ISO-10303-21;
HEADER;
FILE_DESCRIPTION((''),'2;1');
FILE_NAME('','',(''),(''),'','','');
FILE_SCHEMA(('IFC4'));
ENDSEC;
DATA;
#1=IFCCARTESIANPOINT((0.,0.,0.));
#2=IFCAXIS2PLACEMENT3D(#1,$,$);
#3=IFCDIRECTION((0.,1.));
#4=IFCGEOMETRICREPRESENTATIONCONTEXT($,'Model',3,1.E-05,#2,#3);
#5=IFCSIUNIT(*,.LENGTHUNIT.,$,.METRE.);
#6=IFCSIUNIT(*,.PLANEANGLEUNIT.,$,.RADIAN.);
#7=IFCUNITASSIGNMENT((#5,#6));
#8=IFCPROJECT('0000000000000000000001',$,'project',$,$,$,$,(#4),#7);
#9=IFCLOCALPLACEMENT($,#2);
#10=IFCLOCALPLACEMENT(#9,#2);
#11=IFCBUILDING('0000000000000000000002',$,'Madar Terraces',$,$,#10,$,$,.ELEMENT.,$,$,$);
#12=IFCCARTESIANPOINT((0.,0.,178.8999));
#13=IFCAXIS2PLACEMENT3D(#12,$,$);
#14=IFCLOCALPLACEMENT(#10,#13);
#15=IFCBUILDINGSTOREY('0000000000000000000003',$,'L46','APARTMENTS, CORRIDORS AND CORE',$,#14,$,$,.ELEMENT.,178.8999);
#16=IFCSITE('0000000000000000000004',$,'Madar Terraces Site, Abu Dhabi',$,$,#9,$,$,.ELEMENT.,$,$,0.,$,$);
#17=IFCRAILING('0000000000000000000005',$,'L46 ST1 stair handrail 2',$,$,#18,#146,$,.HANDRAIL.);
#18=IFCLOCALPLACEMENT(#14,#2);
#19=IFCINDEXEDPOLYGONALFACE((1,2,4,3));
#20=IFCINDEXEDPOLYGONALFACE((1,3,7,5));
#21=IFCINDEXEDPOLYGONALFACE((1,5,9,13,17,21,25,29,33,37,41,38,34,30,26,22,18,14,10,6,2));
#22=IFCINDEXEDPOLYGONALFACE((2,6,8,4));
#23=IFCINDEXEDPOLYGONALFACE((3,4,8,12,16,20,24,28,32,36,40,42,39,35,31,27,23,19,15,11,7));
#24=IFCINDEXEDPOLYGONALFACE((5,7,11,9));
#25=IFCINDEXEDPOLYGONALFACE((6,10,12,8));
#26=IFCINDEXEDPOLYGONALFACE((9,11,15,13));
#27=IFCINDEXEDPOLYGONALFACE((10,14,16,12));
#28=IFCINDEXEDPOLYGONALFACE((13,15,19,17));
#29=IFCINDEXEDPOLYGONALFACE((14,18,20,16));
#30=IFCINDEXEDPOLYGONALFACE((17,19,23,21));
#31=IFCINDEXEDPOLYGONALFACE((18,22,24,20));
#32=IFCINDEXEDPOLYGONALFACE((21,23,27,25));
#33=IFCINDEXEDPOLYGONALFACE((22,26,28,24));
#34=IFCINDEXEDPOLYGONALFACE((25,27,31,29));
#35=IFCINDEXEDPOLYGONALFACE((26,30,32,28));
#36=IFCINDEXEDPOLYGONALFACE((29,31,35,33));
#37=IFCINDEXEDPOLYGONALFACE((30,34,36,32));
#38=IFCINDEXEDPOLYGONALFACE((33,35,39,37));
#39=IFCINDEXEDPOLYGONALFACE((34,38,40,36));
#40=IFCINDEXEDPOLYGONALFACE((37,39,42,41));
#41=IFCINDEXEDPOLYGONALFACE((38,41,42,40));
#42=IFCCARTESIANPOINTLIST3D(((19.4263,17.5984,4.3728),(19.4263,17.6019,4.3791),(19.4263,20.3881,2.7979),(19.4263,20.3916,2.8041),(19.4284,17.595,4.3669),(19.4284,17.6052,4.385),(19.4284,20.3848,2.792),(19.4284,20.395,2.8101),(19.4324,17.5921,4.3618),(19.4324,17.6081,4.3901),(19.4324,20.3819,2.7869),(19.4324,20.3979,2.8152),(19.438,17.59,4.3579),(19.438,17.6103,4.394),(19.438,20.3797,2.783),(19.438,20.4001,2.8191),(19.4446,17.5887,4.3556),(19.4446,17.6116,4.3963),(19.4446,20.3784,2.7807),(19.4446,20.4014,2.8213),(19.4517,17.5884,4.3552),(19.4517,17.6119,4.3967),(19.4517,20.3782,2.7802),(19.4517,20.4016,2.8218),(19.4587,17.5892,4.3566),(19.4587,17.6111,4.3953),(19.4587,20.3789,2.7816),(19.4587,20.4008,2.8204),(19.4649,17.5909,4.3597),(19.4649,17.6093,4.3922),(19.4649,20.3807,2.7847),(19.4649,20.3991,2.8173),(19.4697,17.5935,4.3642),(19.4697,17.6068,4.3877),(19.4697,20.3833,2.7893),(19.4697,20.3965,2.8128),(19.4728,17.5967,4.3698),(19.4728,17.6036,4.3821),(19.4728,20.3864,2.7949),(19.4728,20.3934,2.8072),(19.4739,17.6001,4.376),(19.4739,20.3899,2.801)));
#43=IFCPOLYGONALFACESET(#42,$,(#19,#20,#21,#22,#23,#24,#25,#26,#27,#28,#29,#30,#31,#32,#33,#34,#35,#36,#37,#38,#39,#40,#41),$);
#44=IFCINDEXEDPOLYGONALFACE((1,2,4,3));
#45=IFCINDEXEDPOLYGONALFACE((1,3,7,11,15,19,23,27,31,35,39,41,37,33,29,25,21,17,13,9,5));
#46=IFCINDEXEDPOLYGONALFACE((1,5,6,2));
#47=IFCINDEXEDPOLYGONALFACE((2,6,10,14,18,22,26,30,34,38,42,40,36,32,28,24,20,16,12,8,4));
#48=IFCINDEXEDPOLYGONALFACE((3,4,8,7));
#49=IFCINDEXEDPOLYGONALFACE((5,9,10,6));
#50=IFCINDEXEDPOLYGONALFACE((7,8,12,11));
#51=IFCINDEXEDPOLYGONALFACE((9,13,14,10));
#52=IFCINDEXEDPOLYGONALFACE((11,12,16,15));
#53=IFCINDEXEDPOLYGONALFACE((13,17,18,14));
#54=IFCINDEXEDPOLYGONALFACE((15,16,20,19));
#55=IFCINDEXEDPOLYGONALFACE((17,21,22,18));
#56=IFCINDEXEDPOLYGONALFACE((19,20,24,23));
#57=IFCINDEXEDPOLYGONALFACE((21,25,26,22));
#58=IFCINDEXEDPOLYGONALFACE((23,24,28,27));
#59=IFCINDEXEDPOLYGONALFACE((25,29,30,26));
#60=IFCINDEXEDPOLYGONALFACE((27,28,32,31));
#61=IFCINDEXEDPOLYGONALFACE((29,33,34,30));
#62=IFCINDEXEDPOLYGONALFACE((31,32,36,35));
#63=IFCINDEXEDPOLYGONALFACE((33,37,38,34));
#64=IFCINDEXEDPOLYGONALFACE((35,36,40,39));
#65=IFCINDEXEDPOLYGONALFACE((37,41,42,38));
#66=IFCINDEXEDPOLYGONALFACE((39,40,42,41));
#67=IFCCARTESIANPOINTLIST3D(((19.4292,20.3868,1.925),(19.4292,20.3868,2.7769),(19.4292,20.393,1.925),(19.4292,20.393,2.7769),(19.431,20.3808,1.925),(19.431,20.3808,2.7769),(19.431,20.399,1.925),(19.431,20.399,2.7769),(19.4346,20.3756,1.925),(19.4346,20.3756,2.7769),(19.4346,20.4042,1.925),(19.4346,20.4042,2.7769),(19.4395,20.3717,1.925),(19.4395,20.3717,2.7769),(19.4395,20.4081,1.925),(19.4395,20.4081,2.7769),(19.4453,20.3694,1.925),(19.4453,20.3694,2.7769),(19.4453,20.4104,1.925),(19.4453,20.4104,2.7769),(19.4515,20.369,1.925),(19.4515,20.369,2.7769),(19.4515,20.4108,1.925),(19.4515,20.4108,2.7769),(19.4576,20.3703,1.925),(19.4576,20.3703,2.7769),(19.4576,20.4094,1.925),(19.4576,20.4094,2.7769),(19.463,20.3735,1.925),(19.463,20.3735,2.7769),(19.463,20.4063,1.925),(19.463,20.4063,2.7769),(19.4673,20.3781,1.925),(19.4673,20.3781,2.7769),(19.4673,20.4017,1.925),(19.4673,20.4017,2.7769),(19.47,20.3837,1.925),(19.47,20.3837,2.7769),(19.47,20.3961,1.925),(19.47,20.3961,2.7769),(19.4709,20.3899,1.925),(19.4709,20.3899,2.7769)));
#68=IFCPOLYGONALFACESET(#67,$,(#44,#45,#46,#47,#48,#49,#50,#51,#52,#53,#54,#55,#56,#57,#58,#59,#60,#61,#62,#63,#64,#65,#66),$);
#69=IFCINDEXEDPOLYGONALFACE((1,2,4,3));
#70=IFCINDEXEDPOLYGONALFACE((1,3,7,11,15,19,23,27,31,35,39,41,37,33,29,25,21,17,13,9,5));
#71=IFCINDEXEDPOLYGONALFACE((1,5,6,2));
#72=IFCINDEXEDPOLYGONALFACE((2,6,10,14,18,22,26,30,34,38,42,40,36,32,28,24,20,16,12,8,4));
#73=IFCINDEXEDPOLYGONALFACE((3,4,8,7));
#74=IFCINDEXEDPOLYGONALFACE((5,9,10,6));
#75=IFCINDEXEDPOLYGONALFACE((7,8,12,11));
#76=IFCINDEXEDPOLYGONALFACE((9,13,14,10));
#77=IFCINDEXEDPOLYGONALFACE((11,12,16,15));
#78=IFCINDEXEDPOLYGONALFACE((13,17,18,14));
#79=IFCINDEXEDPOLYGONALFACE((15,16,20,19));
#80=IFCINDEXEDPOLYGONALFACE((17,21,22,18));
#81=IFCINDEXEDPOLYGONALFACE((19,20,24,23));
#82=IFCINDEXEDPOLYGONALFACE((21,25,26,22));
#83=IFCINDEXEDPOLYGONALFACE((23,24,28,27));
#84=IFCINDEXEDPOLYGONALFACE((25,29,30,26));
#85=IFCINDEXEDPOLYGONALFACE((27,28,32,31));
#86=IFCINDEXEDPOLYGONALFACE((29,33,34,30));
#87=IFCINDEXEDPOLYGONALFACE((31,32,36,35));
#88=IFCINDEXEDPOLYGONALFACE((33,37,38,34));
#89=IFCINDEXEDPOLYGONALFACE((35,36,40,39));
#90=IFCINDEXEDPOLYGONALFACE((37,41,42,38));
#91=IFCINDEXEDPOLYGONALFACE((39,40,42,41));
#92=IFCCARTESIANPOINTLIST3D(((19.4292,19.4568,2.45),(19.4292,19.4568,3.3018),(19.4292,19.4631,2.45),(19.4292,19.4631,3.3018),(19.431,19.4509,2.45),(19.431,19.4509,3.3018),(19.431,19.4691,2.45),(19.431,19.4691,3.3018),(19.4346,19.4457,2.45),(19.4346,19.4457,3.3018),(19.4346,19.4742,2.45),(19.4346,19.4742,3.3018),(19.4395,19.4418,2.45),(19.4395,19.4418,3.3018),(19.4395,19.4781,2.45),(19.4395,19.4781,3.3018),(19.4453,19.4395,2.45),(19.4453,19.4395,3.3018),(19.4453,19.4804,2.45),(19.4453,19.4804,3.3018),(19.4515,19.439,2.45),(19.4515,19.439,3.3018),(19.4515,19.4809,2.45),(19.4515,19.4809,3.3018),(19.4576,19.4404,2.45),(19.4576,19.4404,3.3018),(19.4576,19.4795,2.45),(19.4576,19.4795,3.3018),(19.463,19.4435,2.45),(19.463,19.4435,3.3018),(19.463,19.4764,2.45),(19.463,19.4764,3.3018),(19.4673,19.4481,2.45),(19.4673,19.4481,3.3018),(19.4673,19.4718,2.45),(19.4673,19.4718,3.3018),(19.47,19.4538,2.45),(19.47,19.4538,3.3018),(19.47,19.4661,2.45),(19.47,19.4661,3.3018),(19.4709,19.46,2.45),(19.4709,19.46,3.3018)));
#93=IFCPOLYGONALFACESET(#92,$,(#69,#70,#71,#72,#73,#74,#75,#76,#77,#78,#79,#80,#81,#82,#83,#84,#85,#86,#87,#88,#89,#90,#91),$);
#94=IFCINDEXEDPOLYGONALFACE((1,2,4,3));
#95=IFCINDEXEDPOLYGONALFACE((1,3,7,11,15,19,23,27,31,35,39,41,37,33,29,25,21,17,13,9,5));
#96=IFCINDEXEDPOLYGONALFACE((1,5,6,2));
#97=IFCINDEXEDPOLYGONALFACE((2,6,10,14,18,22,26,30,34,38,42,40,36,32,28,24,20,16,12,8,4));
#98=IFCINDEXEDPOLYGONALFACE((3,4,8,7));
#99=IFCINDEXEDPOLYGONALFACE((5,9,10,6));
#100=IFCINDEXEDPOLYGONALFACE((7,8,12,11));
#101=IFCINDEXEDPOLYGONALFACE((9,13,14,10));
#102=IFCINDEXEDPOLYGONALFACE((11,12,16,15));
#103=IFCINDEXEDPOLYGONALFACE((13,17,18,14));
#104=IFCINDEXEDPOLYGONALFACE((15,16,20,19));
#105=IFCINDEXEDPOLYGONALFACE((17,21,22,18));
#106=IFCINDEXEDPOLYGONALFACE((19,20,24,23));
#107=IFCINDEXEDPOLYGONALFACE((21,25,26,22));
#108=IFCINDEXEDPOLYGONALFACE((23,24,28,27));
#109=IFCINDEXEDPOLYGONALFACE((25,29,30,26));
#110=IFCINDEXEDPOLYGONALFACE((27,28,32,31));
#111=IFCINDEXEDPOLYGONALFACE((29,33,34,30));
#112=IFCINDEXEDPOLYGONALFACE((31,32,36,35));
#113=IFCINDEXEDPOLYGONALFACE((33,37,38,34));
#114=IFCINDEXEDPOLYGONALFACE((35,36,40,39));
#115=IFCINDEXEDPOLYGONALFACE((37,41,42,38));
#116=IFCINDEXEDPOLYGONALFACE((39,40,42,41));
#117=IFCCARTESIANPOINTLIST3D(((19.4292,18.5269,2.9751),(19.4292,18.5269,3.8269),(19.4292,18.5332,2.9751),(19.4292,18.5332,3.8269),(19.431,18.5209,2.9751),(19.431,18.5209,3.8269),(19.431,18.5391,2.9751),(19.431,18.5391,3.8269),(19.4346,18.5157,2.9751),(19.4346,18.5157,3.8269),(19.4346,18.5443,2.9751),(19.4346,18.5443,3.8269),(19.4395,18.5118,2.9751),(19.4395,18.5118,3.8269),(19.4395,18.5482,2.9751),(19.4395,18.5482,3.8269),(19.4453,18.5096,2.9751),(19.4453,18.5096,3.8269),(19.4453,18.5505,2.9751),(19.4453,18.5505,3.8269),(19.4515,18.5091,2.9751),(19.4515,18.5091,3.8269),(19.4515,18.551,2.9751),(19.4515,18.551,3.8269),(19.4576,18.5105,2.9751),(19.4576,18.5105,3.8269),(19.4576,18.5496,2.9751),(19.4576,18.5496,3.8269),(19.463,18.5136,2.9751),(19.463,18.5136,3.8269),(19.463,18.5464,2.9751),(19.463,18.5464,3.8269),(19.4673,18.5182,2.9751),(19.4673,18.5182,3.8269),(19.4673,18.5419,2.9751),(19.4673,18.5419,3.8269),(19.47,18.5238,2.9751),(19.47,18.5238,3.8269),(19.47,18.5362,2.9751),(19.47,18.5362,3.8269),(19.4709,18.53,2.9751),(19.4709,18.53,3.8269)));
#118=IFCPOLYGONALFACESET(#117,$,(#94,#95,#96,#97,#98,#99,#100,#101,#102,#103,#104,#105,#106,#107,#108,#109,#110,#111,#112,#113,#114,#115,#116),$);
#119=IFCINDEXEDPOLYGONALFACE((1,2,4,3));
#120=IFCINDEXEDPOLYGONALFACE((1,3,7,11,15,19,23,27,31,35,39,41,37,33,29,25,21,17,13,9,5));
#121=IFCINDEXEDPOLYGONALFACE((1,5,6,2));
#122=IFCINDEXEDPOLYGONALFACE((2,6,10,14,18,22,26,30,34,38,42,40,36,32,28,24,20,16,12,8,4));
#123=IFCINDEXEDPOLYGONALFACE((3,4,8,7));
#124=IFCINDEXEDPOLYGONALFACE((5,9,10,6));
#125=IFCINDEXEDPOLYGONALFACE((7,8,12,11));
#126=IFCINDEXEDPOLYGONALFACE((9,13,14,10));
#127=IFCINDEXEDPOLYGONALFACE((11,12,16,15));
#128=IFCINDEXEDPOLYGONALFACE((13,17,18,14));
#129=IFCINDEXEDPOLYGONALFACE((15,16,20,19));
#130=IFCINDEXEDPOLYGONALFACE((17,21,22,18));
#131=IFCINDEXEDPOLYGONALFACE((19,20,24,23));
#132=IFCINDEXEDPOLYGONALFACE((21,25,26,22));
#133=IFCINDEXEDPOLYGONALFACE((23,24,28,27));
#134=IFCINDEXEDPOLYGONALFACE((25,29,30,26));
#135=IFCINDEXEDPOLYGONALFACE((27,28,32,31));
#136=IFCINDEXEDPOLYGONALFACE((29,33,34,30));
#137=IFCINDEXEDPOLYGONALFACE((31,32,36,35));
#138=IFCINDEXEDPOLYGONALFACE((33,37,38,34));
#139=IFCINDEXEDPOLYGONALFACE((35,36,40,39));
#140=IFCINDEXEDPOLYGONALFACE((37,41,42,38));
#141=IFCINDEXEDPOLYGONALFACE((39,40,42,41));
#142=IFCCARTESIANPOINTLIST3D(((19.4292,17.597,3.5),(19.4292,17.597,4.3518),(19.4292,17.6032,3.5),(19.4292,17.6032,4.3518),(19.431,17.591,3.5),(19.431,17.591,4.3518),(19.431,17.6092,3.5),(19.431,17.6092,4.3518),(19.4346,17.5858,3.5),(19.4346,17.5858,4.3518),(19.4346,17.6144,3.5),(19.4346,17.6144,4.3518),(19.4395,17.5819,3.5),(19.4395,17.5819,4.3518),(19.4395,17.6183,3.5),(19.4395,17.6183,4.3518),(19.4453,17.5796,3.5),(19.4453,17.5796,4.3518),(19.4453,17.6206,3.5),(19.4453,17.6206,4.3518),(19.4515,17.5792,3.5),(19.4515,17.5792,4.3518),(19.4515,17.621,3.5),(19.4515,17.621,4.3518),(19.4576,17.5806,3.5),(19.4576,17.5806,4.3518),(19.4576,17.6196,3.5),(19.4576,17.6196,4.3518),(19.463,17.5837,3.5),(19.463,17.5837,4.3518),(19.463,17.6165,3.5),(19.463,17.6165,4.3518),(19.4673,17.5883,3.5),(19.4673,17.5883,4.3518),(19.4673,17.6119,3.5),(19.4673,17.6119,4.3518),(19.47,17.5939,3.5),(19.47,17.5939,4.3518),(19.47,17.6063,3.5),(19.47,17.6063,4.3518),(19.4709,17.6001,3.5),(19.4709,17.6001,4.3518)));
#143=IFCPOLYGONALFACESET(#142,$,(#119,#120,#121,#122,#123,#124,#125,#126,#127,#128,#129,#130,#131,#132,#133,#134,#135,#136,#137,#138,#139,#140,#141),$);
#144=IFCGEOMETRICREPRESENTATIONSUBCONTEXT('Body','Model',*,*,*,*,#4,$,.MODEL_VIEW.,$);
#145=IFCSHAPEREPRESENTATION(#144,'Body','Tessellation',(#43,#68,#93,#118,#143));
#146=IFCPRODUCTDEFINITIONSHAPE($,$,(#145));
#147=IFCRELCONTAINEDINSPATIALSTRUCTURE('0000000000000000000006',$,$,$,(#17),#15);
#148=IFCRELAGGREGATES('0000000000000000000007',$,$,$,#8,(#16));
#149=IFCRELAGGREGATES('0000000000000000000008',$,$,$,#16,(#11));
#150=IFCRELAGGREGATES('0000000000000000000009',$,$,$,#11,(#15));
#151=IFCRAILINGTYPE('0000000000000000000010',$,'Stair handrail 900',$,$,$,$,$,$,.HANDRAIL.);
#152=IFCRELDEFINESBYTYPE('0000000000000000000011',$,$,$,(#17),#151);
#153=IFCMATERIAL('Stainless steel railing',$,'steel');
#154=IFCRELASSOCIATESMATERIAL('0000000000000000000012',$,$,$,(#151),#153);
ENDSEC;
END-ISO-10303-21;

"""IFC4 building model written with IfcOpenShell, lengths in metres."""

from ifc_helpers import new_model, si_unit, direction, frame, origin, origin_2d, place, context, subcontext, project, spatial, circle, extrude, material, type_object, element, save


model = new_model("IFC4")

# Units and contexts
model_context = context("Model", 3, precision=1e-05, world=origin(), true_north=direction((0.0, 1.0)))
body_context = subcontext(model_context, "Body", "Model", "MODEL_VIEW")
ifc_project = project(units=[si_unit("LENGTHUNIT", "METRE"), si_unit("PLANEANGLEUNIT", "RADIAN")], contexts=[model_context])

# Site, building, storey
site_placement = place(None, origin())
site = spatial("IfcSite", under=ifc_project, at=site_placement, Name="Madar Terraces Site, Abu Dhabi", CompositionType="ELEMENT", RefElevation=0.0)
building_placement = place(site_placement, origin())
building = spatial("IfcBuilding", under=site, at=building_placement, Name="Madar Terraces", CompositionType="ELEMENT")
storey_placement = place(building_placement, frame((0.0, 0.0, 178.8999)))
storey = spatial("IfcBuildingStorey", under=building, at=storey_placement, Name="L46", Description="APARTMENTS, CORRIDORS AND CORE", CompositionType="ELEMENT", Elevation=178.8999)

# Railing
ifc_material_1 = material(Name="Stainless steel railing", Category="steel")
railing_type_1 = type_object("IfcRailingType", Name="Stair handrail 900", PredefinedType="HANDRAIL", material=ifc_material_1)
railing_1_placement = place(storey_placement, frame((19.45, 20.3899, 1.925)))
element("IfcRailing", 1, at=railing_1_placement, inside=storey, type_object=railing_type_1, Name="L46 ST1 stair handrail 2", PredefinedType="HANDRAIL", context=body_context, shape_type="SweptSolid", body=[
    extrude(circle(Radius=0.0239, at=origin_2d()), frame((0.0, 0.0, 0.876), z_axis=(0.0, -0.870815, 0.49161), x_axis=(1.0, 0.0, 0.0)), (0.0, 0.0, 1.0), 3.2036),
    extrude(circle(Radius=0.021, at=origin_2d()), origin(), (0.0, 0.0, 1.0), 0.8518),
    extrude(circle(Radius=0.021, at=origin_2d()), frame((0.0, -0.9299, 0.5249)), (0.0, 0.0, 1.0), 0.8518),
    extrude(circle(Radius=0.021, at=origin_2d()), frame((0.0, -1.8599, 1.05)), (0.0, 0.0, 1.0), 0.8518),
    extrude(circle(Radius=0.021, at=origin_2d()), frame((0.0, -2.7898, 1.575)), (0.0, 0.0, 1.0), 0.8518),
])

save(model, "model.ifc")
